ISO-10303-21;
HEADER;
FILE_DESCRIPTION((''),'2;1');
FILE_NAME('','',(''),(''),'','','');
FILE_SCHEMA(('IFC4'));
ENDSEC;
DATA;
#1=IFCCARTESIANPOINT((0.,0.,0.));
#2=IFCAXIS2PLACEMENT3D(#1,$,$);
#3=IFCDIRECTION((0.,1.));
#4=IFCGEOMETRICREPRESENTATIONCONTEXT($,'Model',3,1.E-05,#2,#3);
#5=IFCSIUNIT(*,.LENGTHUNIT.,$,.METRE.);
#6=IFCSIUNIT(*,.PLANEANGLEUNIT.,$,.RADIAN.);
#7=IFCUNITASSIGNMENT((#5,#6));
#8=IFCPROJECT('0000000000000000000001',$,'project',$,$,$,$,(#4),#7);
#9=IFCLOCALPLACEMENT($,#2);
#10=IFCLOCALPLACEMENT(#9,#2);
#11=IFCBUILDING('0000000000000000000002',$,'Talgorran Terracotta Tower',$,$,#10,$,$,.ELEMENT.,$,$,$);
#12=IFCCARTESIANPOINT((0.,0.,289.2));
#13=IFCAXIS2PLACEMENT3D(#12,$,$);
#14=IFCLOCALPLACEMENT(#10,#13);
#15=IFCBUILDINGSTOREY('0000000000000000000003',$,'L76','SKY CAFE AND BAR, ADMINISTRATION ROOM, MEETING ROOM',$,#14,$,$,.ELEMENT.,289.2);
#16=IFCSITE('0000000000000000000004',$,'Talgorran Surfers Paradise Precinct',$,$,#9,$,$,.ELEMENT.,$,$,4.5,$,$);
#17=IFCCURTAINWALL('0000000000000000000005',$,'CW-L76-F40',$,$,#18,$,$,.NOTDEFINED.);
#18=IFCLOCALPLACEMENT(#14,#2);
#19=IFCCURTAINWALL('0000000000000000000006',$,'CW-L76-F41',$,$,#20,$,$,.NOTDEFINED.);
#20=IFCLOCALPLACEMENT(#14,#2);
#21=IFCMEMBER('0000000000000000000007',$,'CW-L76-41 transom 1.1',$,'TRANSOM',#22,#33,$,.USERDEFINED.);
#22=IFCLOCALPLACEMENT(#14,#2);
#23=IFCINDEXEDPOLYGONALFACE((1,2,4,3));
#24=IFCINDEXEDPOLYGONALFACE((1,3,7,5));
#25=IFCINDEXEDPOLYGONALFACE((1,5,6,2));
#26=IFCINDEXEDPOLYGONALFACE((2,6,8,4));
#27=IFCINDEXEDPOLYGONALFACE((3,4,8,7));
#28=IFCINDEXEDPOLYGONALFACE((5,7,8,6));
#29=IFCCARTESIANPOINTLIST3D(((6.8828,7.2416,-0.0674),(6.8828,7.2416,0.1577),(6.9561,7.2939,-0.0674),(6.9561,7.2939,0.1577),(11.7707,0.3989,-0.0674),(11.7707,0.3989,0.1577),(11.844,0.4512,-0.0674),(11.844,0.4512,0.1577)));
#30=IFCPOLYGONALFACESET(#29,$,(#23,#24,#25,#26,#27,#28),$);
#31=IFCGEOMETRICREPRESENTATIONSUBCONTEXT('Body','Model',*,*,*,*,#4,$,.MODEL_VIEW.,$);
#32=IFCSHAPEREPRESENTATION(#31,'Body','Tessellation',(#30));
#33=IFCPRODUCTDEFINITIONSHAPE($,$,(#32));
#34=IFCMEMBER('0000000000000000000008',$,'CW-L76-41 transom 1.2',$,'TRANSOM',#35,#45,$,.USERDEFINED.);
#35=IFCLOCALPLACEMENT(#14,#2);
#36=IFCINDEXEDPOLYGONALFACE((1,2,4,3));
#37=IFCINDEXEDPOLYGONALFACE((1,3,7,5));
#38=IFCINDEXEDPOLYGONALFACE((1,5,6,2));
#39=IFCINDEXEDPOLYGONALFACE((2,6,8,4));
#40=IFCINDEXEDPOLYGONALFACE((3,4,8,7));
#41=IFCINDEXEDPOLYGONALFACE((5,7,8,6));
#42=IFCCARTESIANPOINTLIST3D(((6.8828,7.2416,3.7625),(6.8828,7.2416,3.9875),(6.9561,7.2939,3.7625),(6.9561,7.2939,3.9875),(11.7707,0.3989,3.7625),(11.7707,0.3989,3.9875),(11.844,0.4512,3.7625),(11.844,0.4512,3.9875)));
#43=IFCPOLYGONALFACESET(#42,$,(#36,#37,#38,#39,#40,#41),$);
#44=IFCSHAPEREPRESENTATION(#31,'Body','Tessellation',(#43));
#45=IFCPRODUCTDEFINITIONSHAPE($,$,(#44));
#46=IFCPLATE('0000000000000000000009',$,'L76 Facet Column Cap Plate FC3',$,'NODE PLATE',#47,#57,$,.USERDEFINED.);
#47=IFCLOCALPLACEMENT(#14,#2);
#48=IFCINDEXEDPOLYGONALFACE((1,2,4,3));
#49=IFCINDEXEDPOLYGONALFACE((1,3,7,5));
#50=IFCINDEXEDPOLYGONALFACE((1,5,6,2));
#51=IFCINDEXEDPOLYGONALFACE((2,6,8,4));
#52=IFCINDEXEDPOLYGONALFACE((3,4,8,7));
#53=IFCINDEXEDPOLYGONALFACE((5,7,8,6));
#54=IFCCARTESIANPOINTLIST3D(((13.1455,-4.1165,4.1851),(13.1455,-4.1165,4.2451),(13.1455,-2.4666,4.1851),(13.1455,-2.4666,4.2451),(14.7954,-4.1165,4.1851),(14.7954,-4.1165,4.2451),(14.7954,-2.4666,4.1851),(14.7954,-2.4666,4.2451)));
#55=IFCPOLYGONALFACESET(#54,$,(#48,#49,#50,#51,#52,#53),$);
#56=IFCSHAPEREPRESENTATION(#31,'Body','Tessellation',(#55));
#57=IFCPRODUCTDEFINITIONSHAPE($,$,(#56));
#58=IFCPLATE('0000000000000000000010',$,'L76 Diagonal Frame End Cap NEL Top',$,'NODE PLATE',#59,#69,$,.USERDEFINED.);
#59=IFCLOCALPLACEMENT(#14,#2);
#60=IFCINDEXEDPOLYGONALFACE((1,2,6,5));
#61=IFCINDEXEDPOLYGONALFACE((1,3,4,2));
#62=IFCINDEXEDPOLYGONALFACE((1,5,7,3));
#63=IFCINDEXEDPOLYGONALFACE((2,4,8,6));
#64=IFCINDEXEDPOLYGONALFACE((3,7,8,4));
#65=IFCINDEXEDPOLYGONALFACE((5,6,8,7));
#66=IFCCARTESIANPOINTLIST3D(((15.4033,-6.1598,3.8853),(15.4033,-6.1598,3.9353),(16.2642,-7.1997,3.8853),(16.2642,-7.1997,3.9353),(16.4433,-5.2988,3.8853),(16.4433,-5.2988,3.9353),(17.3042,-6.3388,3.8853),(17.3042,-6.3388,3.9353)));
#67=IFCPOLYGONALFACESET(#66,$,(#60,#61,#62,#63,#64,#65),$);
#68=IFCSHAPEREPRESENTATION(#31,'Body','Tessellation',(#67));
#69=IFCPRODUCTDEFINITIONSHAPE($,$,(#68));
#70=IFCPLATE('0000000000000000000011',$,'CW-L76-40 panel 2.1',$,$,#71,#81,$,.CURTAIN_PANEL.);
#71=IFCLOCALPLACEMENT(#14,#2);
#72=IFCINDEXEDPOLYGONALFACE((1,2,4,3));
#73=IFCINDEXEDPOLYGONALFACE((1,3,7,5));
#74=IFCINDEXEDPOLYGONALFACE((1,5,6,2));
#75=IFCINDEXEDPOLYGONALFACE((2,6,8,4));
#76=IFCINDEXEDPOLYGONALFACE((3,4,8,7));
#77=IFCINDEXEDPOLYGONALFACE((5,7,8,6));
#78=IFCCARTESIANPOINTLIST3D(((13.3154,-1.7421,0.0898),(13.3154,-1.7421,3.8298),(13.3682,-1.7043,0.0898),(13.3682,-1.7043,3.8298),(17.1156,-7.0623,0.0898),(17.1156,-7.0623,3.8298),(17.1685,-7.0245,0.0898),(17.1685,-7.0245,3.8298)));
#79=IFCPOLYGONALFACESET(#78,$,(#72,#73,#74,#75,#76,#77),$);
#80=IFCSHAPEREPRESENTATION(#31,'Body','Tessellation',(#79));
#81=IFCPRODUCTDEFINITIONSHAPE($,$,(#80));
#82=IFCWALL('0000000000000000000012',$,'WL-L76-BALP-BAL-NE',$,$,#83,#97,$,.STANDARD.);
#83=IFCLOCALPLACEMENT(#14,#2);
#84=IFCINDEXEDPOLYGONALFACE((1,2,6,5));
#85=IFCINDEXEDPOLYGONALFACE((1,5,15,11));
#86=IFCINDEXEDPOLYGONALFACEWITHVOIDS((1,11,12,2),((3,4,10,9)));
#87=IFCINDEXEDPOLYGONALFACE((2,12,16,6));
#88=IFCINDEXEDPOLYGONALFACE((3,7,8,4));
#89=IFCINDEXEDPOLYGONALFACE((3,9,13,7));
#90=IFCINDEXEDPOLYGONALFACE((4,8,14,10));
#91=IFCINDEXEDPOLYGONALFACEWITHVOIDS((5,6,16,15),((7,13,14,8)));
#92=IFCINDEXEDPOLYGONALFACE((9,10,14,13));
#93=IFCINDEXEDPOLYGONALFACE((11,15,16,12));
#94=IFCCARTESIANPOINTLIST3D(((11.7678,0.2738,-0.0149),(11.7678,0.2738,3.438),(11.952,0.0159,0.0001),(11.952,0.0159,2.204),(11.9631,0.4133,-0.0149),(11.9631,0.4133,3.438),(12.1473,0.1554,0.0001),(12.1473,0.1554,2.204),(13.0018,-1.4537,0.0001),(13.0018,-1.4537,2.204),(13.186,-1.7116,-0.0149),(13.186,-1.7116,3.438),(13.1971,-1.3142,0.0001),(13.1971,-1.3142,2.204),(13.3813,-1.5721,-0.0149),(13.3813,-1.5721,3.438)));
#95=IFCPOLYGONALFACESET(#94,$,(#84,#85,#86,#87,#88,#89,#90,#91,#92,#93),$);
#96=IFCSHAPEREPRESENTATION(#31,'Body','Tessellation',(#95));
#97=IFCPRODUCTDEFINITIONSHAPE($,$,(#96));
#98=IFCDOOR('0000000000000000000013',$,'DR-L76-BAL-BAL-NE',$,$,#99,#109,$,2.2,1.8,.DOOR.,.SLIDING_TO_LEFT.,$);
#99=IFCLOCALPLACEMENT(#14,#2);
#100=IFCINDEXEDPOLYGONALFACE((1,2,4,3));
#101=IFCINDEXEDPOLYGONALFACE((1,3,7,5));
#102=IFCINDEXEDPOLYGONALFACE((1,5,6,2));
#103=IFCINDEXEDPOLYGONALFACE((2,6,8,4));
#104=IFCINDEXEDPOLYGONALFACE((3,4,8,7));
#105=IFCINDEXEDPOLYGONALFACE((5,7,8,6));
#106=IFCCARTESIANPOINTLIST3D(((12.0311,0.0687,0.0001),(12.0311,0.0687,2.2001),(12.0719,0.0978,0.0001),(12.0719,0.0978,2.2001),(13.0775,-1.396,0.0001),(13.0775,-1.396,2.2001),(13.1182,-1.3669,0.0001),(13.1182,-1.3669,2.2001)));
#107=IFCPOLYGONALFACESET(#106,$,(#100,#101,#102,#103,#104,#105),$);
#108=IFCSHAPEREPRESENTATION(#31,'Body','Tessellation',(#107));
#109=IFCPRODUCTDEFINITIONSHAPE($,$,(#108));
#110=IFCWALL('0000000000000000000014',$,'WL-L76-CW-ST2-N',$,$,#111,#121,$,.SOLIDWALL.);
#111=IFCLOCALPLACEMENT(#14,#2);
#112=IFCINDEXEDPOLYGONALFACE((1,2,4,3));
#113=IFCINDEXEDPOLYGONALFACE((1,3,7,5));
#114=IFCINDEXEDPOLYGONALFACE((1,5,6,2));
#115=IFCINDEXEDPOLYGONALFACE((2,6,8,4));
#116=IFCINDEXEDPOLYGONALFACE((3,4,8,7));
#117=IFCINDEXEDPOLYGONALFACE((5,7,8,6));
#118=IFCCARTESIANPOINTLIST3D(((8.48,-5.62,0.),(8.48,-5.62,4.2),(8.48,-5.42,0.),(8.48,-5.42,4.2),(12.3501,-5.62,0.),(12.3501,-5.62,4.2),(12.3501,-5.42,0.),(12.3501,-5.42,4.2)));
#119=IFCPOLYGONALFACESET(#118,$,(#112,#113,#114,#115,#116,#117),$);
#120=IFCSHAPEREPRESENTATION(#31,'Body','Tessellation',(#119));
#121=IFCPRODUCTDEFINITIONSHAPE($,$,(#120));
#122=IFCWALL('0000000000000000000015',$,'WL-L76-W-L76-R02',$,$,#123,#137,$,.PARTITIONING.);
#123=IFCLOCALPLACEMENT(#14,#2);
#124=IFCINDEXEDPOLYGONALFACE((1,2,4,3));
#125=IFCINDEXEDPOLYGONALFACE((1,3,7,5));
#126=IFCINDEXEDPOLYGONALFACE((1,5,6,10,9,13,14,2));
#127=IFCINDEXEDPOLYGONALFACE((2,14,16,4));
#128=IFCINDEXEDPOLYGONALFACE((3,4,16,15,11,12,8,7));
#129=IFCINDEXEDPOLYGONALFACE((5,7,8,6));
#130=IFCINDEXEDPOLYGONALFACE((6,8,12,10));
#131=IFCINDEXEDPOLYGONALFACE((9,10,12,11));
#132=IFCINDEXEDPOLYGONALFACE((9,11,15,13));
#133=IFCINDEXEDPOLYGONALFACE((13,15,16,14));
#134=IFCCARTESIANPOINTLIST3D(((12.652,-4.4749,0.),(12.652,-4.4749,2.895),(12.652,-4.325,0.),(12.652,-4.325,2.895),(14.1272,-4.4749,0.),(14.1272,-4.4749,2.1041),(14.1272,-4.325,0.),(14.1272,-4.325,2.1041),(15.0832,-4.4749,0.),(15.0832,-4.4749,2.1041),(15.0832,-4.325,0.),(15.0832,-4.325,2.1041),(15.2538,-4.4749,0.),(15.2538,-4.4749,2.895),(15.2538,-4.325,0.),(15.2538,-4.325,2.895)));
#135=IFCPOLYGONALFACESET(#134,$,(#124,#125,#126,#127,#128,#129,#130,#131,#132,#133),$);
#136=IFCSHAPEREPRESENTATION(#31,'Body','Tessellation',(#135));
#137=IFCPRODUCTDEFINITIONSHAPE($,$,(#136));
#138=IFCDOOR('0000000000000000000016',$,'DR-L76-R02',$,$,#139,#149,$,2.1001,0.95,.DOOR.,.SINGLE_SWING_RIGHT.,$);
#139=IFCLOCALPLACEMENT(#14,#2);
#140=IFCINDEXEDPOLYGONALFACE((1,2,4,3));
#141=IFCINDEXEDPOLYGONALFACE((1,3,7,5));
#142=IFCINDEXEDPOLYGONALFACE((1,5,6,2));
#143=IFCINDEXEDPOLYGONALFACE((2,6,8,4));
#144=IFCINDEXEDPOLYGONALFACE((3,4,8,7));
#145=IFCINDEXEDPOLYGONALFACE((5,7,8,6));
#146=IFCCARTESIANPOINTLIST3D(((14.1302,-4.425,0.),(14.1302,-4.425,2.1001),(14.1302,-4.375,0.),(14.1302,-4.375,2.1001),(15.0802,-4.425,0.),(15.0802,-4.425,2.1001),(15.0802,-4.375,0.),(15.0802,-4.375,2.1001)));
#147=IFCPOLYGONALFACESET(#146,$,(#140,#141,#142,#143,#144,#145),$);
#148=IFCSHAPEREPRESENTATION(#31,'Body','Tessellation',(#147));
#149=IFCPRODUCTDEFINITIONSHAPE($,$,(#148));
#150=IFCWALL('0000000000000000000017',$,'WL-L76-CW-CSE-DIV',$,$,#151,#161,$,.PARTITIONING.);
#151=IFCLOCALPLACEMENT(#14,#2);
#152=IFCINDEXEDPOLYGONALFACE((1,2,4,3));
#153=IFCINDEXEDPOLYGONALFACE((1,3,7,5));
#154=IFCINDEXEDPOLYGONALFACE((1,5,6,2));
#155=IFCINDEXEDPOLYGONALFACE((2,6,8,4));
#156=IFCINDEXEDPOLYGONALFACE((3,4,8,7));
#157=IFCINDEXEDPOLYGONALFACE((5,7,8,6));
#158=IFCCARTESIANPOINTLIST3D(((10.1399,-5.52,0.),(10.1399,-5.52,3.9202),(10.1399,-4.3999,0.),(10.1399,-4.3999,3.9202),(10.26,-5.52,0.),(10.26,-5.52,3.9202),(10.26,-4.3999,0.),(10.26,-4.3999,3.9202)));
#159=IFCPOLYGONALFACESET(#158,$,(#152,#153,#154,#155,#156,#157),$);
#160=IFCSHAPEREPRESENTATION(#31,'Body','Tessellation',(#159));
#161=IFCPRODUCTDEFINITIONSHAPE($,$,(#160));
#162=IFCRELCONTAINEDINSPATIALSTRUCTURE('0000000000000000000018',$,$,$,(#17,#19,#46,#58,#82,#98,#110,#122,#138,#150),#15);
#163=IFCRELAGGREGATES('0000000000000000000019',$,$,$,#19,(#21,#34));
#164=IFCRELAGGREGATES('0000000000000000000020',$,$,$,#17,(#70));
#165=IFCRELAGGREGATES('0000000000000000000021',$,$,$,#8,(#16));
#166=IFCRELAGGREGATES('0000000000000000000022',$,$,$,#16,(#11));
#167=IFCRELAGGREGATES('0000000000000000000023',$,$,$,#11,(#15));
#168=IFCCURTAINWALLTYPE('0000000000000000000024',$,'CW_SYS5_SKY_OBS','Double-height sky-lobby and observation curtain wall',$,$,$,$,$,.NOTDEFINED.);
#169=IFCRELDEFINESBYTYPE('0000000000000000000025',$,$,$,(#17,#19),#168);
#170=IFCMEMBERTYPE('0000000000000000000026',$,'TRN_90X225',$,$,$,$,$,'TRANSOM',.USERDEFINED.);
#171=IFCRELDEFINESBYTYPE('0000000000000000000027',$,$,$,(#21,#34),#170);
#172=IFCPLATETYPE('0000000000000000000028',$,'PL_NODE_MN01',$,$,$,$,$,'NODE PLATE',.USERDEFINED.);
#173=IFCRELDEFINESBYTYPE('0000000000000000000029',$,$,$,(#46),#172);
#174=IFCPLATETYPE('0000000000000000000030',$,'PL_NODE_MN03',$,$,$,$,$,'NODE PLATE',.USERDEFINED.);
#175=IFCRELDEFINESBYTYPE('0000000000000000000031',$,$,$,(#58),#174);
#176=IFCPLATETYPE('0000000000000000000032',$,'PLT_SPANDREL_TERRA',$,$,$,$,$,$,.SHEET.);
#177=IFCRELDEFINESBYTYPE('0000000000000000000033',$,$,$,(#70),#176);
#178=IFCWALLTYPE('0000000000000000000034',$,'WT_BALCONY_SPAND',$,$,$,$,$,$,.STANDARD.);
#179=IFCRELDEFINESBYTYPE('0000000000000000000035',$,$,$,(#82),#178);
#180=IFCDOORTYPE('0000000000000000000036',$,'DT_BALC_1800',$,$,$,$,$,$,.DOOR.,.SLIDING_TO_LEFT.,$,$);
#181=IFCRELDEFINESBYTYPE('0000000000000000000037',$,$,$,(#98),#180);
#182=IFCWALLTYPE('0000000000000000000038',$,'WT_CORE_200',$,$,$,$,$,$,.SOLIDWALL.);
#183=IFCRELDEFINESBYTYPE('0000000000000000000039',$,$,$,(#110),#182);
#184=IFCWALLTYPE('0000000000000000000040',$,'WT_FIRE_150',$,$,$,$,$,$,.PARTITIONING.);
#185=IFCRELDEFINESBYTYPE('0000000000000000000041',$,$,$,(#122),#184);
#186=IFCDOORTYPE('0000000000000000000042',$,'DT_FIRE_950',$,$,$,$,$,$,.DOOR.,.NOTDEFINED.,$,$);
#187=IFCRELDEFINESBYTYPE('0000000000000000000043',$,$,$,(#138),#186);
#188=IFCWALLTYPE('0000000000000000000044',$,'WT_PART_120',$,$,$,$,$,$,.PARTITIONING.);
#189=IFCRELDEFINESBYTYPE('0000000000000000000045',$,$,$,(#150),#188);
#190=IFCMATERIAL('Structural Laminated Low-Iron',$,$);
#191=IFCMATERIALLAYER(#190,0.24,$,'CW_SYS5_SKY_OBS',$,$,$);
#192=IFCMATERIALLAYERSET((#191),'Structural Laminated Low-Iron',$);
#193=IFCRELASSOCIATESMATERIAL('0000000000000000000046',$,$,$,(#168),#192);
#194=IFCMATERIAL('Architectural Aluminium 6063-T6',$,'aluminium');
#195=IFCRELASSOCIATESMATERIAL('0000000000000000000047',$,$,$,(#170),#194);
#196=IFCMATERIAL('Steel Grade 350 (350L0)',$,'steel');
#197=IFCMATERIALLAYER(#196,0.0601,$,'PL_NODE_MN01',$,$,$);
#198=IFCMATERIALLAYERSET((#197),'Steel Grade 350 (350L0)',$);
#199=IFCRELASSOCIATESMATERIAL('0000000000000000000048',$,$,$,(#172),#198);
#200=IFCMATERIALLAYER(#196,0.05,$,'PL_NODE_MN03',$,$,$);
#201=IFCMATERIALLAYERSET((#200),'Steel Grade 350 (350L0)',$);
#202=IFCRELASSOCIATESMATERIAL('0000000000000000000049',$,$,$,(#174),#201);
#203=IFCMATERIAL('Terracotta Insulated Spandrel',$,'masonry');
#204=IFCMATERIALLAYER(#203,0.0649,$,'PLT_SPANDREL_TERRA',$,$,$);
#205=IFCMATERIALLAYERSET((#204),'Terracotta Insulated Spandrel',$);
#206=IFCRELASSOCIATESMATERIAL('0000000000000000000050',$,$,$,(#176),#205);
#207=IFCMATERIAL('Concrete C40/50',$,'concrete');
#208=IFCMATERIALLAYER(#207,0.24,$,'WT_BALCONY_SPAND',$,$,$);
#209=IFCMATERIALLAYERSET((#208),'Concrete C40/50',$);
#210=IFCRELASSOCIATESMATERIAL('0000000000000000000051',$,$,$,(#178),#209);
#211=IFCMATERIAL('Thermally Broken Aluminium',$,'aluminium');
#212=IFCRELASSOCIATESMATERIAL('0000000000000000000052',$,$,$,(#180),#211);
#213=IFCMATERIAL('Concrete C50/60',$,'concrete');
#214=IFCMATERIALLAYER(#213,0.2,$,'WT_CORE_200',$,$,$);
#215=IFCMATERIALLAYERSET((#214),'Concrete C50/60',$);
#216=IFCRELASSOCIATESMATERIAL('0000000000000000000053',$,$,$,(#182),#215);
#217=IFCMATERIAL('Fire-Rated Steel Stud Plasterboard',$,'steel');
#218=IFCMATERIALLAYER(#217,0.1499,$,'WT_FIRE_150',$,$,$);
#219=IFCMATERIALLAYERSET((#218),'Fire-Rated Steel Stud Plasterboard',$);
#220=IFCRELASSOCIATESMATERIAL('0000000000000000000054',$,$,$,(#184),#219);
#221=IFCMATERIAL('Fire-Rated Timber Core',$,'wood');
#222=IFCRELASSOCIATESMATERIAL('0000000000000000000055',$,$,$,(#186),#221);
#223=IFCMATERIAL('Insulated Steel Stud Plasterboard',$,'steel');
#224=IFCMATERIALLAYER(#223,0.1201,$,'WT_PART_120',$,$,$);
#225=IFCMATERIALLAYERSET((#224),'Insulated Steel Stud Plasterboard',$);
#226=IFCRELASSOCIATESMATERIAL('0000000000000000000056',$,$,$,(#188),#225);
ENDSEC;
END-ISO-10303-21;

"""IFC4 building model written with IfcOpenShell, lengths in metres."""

from ifc_helpers import new_model, si_unit, direction, frame, frame_2d, origin, origin_2d, place, context, subcontext, project, spatial, rectangle, extrude, source, transform, mapped, material, layer, layer_set, material_profile, profile_set, type_object, type_shapes, element, fill, aggregate, save


model = new_model("IFC4")

# Units and contexts
model_context = context("Model", 3, precision=1e-05, world=origin(), true_north=direction((0.0, 1.0)))
body_context = subcontext(model_context, "Body", "Model", "MODEL_VIEW")
ifc_project = project(units=[si_unit("LENGTHUNIT", "METRE"), si_unit("PLANEANGLEUNIT", "RADIAN")], contexts=[model_context])

# Site, building, storey
site_placement = place(None, origin())
site = spatial("IfcSite", under=ifc_project, at=site_placement, Name="Talgorran Surfers Paradise Precinct", CompositionType="ELEMENT", RefElevation=4.5)
building_placement = place(site_placement, origin())
building = spatial("IfcBuilding", under=site, at=building_placement, Name="Talgorran Terracotta Tower", CompositionType="ELEMENT")
storey_placement = place(building_placement, frame((0.0, 0.0, 289.2)))
storey = spatial("IfcBuildingStorey", under=building, at=storey_placement, Name="L76", Description="SKY CAFE AND BAR, ADMINISTRATION ROOM, MEETING ROOM", CompositionType="ELEMENT", Elevation=289.2)

# Shared definitions
ifc_material_1 = material(Name="Steel Grade 350 (350L0)", Category="steel")

# Curtain wall
ifc_material_2 = material(Name="Structural Laminated Low-Iron")
ifc_layer_1 = layer(ifc_material_2, 0.24, Name="CW_SYS5_SKY_OBS")
ifc_layer_set_1 = layer_set([ifc_layer_1], Name="Structural Laminated Low-Iron")
curtain_wall_type = type_object("IfcCurtainWallType", Name="CW_SYS5_SKY_OBS", Description="Double-height sky-lobby and observation curtain wall", PredefinedType="NOTDEFINED", material=ifc_layer_set_1)
curtain_wall_1_placement = place(storey_placement, origin())
curtain_wall_1 = element("IfcCurtainWall", 1, at=curtain_wall_1_placement, inside=storey, type_object=curtain_wall_type, Name="CW-L76-F40", PredefinedType="NOTDEFINED")
ifc_material_3 = material(Name="Architectural Aluminium 6063-T6", Category="aluminium")

# Curtain wall, members
curtain_wall_2_placement = place(storey_placement, origin())
curtain_wall_2 = element("IfcCurtainWall", 2, at=curtain_wall_2_placement, inside=storey, type_object=curtain_wall_type, Name="CW-L76-F41", PredefinedType="NOTDEFINED")
ifc_material_profile_1 = material_profile(ifc_material_3, rectangle(XDim=0.0901, YDim=0.2251, at=origin_2d()), Name="CWT90X225")
ifc_profile_set_1 = profile_set([ifc_material_profile_1], Name="Architectural Aluminium 6063-T6")
member_type_1 = type_object("IfcMemberType", Name="TRN_90X225", ElementType="TRANSOM", PredefinedType="USERDEFINED", material=ifc_profile_set_1)
member_1_placement = place(storey_placement, frame((11.8074, 0.425, 0.0452), z_axis=(-0.581257, 0.81372, 0.0), x_axis=(-0.81372, -0.581257, 0.0)))
member_1 = element("IfcMember", 3, at=member_1_placement, type_object=member_type_1, Name="CW-L76-41 transom 1.1", ObjectType="TRANSOM", PredefinedType="USERDEFINED", context=body_context, shape_type="SweptSolid", body=[
    extrude(rectangle(XDim=0.0901, YDim=0.2251, at=origin_2d()), origin(), (0.0, 0.0, 1.0), 8.4092),
])
member_2_placement = place(storey_placement, frame((11.8074, 0.425, 3.875), z_axis=(-0.581257, 0.81372, 0.0), x_axis=(-0.81372, -0.581257, 0.0)))
member_2 = element("IfcMember", 4, at=member_2_placement, type_object=member_type_1, Name="CW-L76-41 transom 1.2", ObjectType="TRANSOM", PredefinedType="USERDEFINED", context=body_context, shape_type="SweptSolid", body=[
    extrude(rectangle(XDim=0.0901, YDim=0.2251, at=origin_2d()), origin(), (0.0, 0.0, 1.0), 8.4092),
])
aggregate(curtain_wall_2, [member_1, member_2])

# Plates
ifc_layer_2 = layer(ifc_material_1, 0.0601, Name="PL_NODE_MN01")
ifc_layer_set_2 = layer_set([ifc_layer_2], Name="Steel Grade 350 (350L0)")
plate_type_1 = type_object("IfcPlateType", Name="PL_NODE_MN01", ElementType="NODE PLATE", PredefinedType="USERDEFINED", material=ifc_layer_set_2)
plate_1_placement = place(storey_placement, frame((13.9705, -3.2915, 4.1851), z_axis=(0.0, 0.0, 1.0), x_axis=(1.0, 0.0, 0.0)))
element("IfcPlate", 5, at=plate_1_placement, inside=storey, type_object=plate_type_1, Name="L76 Facet Column Cap Plate FC3", ObjectType="NODE PLATE", PredefinedType="USERDEFINED", context=body_context, shape_type="SweptSolid", body=[
    extrude(rectangle(XDim=1.6499, YDim=1.6499, at=origin_2d()), origin(), (0.0, 0.0, 1.0), 0.0601),
])
ifc_layer_3 = layer(ifc_material_1, 0.05, Name="PL_NODE_MN03")
ifc_layer_set_3 = layer_set([ifc_layer_3], Name="Steel Grade 350 (350L0)")
plate_type_2 = type_object("IfcPlateType", Name="PL_NODE_MN03", ElementType="NODE PLATE", PredefinedType="USERDEFINED", material=ifc_layer_set_3)
plate_2_placement = place(storey_placement, frame((16.3538, -6.2493, 3.8853), z_axis=(0.0, 0.0, 1.0), x_axis=(-0.637693, 0.770291, 0.0)))
element("IfcPlate", 6, at=plate_2_placement, inside=storey, type_object=plate_type_2, Name="L76 Diagonal Frame End Cap NEL Top", ObjectType="NODE PLATE", PredefinedType="USERDEFINED", context=body_context, shape_type="SweptSolid", body=[
    extrude(rectangle(XDim=1.3501, YDim=1.3501, at=origin_2d()), origin(), (0.0, 0.0, 1.0), 0.05),
])

# Plate
ifc_material_4 = material(Name="Terracotta Insulated Spandrel", Category="masonry")
ifc_layer_4 = layer(ifc_material_4, 0.0649, Name="PLT_SPANDREL_TERRA")
ifc_layer_set_4 = layer_set([ifc_layer_4], Name="Terracotta Insulated Spandrel")
plate_type_3 = type_object("IfcPlateType", Name="PLT_SPANDREL_TERRA", PredefinedType="SHEET", material=ifc_layer_set_4)
shared_shape = source(origin(), body_context, "Body", "SweptSolid", [
    extrude(rectangle(XDim=6.5381, YDim=0.0649, at=origin_2d()), origin(), (0.0, 0.0, 1.0), 3.74),
])
type_shapes(plate_type_3, [shared_shape])
plate_3_placement = place(storey_placement, frame((15.2419, -4.3833, 0.0898), z_axis=(0.0, 0.0, 1.0), x_axis=(-0.581245, 0.813728, 0.0)))
plate_3 = element("IfcPlate", 7, at=plate_3_placement, type_object=plate_type_3, Name="CW-L76-40 panel 2.1", PredefinedType="CURTAIN_PANEL", context=body_context, shape_type="MappedRepresentation", body=[
    mapped(shared_shape, transform((0.0, 0.0, 0.0), scale=1.0)),
])
aggregate(curtain_wall_1, [plate_3])

# Wall, opening, door
ifc_material_5 = material(Name="Concrete C40/50", Category="concrete")
ifc_layer_5 = layer(ifc_material_5, 0.24, Name="WT_BALCONY_SPAND")
ifc_layer_set_5 = layer_set([ifc_layer_5], Name="Concrete C40/50")
wall_type_1 = type_object("IfcWallType", Name="WT_BALCONY_SPAND", PredefinedType="STANDARD", material=ifc_layer_set_5)
wall_1_placement = place(storey_placement, frame((13.2837, -1.6418, -0.0149), z_axis=(0.0, 0.0, 1.0), x_axis=(-0.581267, 0.813713, 0.0)))
wall_1 = element("IfcWall", 8, at=wall_1_placement, inside=storey, type_object=wall_type_1, Name="WL-L76-BALP-BAL-NE", PredefinedType="STANDARD", context=body_context, shape_type="SweptSolid", body=[
    extrude(rectangle(XDim=2.4399, YDim=0.24, at=frame_2d((1.22, 0.0))), origin(), (0.0, 0.0, 1.0), 3.4529),
])
opening_1_placement = place(wall_1_placement, frame((0.3201, 0.0, 0.0149)))
opening_1 = element("IfcOpeningElement", 9, at=opening_1_placement, cuts=wall_1, PredefinedType="OPENING", context=body_context, shape_type="SweptSolid", body=[
    extrude(rectangle(XDim=1.806, YDim=2.204, at=frame_2d((0.8999, 1.1021))), frame((0.0, 0.1299, 0.0), z_axis=(0.0, -1.0, 0.0), x_axis=(1.0, 0.0, 0.0)), (0.0, 0.0, 1.0), 0.26),
])
ifc_material_6 = material(Name="Thermally Broken Aluminium", Category="aluminium")
door_type_1 = type_object("IfcDoorType", Name="DT_BALC_1800", OperationType="SLIDING_TO_LEFT", PredefinedType="DOOR", material=ifc_material_6)
door_1_placement = place(opening_1_placement, origin())
door_1 = element("IfcDoor", 10, at=door_1_placement, inside=storey, type_object=door_type_1, Name="DR-L76-BAL-BAL-NE", OperationType="SLIDING_TO_LEFT", OverallHeight=2.2, OverallWidth=1.8, PredefinedType="DOOR", context=body_context, shape_type="SweptSolid", body=[
    extrude(rectangle(XDim=1.8, YDim=2.2, at=frame_2d((0.8999, 1.1001))), frame((0.0, 0.0249, 0.0), z_axis=(0.0, -1.0, 0.0), x_axis=(1.0, 0.0, 0.0)), (0.0, 0.0, 1.0), 0.05),
])
fill(opening_1, door_1)

# Wall
ifc_material_7 = material(Name="Concrete C50/60", Category="concrete")
ifc_layer_6 = layer(ifc_material_7, 0.2, Name="WT_CORE_200")
ifc_layer_set_6 = layer_set([ifc_layer_6], Name="Concrete C50/60")
wall_type_2 = type_object("IfcWallType", Name="WT_CORE_200", PredefinedType="SOLIDWALL", material=ifc_layer_set_6)
wall_2_placement = place(storey_placement, frame((8.48, -5.52, 0.0), z_axis=(0.0, 0.0, 1.0), x_axis=(1.0, 0.0, 0.0)))
element("IfcWall", 11, at=wall_2_placement, inside=storey, type_object=wall_type_2, Name="WL-L76-CW-ST2-N", PredefinedType="SOLIDWALL", context=body_context, shape_type="SweptSolid", body=[
    extrude(rectangle(XDim=3.8701, YDim=0.2, at=frame_2d((1.9351, 0.0))), origin(), (0.0, 0.0, 1.0), 4.2),
])

# Wall, opening, door
ifc_material_8 = material(Name="Fire-Rated Steel Stud Plasterboard", Category="steel")
ifc_layer_7 = layer(ifc_material_8, 0.1499, Name="WT_FIRE_150")
ifc_layer_set_7 = layer_set([ifc_layer_7], Name="Fire-Rated Steel Stud Plasterboard")
wall_type_3 = type_object("IfcWallType", Name="WT_FIRE_150", PredefinedType="PARTITIONING", material=ifc_layer_set_7)
wall_3_placement = place(storey_placement, frame((12.6521, -4.3999, 0.0), z_axis=(0.0, 0.0, 1.0), x_axis=(1.0, 0.0, 0.0)))
wall_3 = element("IfcWall", 12, at=wall_3_placement, inside=storey, type_object=wall_type_3, Name="WL-L76-W-L76-R02", PredefinedType="PARTITIONING", context=body_context, shape_type="SweptSolid", body=[
    extrude(rectangle(XDim=2.6018, YDim=0.1499, at=frame_2d((1.3008, 0.0))), origin(), (0.0, 0.0, 1.0), 2.895),
])
opening_2_placement = place(wall_3_placement, frame((1.478, 0.0, 0.0)))
opening_2 = element("IfcOpeningElement", 13, at=opening_2_placement, cuts=wall_3, PredefinedType="OPENING", context=body_context, shape_type="SweptSolid", body=[
    extrude(rectangle(XDim=0.956, YDim=2.1041, at=frame_2d((0.4751, 1.052))), frame((0.0, 0.085, 0.0), z_axis=(0.0, -1.0, 0.0), x_axis=(1.0, 0.0, 0.0)), (0.0, 0.0, 1.0), 0.1699),
])
ifc_material_9 = material(Name="Fire-Rated Timber Core", Category="wood")
door_type_2 = type_object("IfcDoorType", Name="DT_FIRE_950", OperationType="NOTDEFINED", PredefinedType="DOOR", material=ifc_material_9)
door_2_placement = place(opening_2_placement, origin())
door_2 = element("IfcDoor", 14, at=door_2_placement, inside=storey, type_object=door_type_2, Name="DR-L76-R02", OperationType="SINGLE_SWING_RIGHT", OverallHeight=2.1001, OverallWidth=0.95, PredefinedType="DOOR", context=body_context, shape_type="SweptSolid", body=[
    extrude(rectangle(XDim=0.95, YDim=2.1001, at=frame_2d((0.4751, 1.05))), frame((0.0, 0.0249, 0.0), z_axis=(0.0, -1.0, 0.0), x_axis=(1.0, 0.0, 0.0)), (0.0, 0.0, 1.0), 0.05),
])
fill(opening_2, door_2)

# Wall
ifc_material_10 = material(Name="Insulated Steel Stud Plasterboard", Category="steel")
ifc_layer_8 = layer(ifc_material_10, 0.1201, Name="WT_PART_120")
ifc_layer_set_8 = layer_set([ifc_layer_8], Name="Insulated Steel Stud Plasterboard")
wall_type_4 = type_object("IfcWallType", Name="WT_PART_120", PredefinedType="PARTITIONING", material=ifc_layer_set_8)
wall_4_placement = place(storey_placement, frame((10.2, -5.52, 0.0), z_axis=(0.0, 0.0, 1.0), x_axis=(0.0, 1.0, 0.0)))
element("IfcWall", 15, at=wall_4_placement, inside=storey, type_object=wall_type_4, Name="WL-L76-CW-CSE-DIV", PredefinedType="PARTITIONING", context=body_context, shape_type="SweptSolid", body=[
    extrude(rectangle(XDim=1.1201, YDim=0.1201, at=frame_2d((0.5601, 0.0))), origin(), (0.0, 0.0, 1.0), 3.9202),
])

save(model, "model.ifc")
